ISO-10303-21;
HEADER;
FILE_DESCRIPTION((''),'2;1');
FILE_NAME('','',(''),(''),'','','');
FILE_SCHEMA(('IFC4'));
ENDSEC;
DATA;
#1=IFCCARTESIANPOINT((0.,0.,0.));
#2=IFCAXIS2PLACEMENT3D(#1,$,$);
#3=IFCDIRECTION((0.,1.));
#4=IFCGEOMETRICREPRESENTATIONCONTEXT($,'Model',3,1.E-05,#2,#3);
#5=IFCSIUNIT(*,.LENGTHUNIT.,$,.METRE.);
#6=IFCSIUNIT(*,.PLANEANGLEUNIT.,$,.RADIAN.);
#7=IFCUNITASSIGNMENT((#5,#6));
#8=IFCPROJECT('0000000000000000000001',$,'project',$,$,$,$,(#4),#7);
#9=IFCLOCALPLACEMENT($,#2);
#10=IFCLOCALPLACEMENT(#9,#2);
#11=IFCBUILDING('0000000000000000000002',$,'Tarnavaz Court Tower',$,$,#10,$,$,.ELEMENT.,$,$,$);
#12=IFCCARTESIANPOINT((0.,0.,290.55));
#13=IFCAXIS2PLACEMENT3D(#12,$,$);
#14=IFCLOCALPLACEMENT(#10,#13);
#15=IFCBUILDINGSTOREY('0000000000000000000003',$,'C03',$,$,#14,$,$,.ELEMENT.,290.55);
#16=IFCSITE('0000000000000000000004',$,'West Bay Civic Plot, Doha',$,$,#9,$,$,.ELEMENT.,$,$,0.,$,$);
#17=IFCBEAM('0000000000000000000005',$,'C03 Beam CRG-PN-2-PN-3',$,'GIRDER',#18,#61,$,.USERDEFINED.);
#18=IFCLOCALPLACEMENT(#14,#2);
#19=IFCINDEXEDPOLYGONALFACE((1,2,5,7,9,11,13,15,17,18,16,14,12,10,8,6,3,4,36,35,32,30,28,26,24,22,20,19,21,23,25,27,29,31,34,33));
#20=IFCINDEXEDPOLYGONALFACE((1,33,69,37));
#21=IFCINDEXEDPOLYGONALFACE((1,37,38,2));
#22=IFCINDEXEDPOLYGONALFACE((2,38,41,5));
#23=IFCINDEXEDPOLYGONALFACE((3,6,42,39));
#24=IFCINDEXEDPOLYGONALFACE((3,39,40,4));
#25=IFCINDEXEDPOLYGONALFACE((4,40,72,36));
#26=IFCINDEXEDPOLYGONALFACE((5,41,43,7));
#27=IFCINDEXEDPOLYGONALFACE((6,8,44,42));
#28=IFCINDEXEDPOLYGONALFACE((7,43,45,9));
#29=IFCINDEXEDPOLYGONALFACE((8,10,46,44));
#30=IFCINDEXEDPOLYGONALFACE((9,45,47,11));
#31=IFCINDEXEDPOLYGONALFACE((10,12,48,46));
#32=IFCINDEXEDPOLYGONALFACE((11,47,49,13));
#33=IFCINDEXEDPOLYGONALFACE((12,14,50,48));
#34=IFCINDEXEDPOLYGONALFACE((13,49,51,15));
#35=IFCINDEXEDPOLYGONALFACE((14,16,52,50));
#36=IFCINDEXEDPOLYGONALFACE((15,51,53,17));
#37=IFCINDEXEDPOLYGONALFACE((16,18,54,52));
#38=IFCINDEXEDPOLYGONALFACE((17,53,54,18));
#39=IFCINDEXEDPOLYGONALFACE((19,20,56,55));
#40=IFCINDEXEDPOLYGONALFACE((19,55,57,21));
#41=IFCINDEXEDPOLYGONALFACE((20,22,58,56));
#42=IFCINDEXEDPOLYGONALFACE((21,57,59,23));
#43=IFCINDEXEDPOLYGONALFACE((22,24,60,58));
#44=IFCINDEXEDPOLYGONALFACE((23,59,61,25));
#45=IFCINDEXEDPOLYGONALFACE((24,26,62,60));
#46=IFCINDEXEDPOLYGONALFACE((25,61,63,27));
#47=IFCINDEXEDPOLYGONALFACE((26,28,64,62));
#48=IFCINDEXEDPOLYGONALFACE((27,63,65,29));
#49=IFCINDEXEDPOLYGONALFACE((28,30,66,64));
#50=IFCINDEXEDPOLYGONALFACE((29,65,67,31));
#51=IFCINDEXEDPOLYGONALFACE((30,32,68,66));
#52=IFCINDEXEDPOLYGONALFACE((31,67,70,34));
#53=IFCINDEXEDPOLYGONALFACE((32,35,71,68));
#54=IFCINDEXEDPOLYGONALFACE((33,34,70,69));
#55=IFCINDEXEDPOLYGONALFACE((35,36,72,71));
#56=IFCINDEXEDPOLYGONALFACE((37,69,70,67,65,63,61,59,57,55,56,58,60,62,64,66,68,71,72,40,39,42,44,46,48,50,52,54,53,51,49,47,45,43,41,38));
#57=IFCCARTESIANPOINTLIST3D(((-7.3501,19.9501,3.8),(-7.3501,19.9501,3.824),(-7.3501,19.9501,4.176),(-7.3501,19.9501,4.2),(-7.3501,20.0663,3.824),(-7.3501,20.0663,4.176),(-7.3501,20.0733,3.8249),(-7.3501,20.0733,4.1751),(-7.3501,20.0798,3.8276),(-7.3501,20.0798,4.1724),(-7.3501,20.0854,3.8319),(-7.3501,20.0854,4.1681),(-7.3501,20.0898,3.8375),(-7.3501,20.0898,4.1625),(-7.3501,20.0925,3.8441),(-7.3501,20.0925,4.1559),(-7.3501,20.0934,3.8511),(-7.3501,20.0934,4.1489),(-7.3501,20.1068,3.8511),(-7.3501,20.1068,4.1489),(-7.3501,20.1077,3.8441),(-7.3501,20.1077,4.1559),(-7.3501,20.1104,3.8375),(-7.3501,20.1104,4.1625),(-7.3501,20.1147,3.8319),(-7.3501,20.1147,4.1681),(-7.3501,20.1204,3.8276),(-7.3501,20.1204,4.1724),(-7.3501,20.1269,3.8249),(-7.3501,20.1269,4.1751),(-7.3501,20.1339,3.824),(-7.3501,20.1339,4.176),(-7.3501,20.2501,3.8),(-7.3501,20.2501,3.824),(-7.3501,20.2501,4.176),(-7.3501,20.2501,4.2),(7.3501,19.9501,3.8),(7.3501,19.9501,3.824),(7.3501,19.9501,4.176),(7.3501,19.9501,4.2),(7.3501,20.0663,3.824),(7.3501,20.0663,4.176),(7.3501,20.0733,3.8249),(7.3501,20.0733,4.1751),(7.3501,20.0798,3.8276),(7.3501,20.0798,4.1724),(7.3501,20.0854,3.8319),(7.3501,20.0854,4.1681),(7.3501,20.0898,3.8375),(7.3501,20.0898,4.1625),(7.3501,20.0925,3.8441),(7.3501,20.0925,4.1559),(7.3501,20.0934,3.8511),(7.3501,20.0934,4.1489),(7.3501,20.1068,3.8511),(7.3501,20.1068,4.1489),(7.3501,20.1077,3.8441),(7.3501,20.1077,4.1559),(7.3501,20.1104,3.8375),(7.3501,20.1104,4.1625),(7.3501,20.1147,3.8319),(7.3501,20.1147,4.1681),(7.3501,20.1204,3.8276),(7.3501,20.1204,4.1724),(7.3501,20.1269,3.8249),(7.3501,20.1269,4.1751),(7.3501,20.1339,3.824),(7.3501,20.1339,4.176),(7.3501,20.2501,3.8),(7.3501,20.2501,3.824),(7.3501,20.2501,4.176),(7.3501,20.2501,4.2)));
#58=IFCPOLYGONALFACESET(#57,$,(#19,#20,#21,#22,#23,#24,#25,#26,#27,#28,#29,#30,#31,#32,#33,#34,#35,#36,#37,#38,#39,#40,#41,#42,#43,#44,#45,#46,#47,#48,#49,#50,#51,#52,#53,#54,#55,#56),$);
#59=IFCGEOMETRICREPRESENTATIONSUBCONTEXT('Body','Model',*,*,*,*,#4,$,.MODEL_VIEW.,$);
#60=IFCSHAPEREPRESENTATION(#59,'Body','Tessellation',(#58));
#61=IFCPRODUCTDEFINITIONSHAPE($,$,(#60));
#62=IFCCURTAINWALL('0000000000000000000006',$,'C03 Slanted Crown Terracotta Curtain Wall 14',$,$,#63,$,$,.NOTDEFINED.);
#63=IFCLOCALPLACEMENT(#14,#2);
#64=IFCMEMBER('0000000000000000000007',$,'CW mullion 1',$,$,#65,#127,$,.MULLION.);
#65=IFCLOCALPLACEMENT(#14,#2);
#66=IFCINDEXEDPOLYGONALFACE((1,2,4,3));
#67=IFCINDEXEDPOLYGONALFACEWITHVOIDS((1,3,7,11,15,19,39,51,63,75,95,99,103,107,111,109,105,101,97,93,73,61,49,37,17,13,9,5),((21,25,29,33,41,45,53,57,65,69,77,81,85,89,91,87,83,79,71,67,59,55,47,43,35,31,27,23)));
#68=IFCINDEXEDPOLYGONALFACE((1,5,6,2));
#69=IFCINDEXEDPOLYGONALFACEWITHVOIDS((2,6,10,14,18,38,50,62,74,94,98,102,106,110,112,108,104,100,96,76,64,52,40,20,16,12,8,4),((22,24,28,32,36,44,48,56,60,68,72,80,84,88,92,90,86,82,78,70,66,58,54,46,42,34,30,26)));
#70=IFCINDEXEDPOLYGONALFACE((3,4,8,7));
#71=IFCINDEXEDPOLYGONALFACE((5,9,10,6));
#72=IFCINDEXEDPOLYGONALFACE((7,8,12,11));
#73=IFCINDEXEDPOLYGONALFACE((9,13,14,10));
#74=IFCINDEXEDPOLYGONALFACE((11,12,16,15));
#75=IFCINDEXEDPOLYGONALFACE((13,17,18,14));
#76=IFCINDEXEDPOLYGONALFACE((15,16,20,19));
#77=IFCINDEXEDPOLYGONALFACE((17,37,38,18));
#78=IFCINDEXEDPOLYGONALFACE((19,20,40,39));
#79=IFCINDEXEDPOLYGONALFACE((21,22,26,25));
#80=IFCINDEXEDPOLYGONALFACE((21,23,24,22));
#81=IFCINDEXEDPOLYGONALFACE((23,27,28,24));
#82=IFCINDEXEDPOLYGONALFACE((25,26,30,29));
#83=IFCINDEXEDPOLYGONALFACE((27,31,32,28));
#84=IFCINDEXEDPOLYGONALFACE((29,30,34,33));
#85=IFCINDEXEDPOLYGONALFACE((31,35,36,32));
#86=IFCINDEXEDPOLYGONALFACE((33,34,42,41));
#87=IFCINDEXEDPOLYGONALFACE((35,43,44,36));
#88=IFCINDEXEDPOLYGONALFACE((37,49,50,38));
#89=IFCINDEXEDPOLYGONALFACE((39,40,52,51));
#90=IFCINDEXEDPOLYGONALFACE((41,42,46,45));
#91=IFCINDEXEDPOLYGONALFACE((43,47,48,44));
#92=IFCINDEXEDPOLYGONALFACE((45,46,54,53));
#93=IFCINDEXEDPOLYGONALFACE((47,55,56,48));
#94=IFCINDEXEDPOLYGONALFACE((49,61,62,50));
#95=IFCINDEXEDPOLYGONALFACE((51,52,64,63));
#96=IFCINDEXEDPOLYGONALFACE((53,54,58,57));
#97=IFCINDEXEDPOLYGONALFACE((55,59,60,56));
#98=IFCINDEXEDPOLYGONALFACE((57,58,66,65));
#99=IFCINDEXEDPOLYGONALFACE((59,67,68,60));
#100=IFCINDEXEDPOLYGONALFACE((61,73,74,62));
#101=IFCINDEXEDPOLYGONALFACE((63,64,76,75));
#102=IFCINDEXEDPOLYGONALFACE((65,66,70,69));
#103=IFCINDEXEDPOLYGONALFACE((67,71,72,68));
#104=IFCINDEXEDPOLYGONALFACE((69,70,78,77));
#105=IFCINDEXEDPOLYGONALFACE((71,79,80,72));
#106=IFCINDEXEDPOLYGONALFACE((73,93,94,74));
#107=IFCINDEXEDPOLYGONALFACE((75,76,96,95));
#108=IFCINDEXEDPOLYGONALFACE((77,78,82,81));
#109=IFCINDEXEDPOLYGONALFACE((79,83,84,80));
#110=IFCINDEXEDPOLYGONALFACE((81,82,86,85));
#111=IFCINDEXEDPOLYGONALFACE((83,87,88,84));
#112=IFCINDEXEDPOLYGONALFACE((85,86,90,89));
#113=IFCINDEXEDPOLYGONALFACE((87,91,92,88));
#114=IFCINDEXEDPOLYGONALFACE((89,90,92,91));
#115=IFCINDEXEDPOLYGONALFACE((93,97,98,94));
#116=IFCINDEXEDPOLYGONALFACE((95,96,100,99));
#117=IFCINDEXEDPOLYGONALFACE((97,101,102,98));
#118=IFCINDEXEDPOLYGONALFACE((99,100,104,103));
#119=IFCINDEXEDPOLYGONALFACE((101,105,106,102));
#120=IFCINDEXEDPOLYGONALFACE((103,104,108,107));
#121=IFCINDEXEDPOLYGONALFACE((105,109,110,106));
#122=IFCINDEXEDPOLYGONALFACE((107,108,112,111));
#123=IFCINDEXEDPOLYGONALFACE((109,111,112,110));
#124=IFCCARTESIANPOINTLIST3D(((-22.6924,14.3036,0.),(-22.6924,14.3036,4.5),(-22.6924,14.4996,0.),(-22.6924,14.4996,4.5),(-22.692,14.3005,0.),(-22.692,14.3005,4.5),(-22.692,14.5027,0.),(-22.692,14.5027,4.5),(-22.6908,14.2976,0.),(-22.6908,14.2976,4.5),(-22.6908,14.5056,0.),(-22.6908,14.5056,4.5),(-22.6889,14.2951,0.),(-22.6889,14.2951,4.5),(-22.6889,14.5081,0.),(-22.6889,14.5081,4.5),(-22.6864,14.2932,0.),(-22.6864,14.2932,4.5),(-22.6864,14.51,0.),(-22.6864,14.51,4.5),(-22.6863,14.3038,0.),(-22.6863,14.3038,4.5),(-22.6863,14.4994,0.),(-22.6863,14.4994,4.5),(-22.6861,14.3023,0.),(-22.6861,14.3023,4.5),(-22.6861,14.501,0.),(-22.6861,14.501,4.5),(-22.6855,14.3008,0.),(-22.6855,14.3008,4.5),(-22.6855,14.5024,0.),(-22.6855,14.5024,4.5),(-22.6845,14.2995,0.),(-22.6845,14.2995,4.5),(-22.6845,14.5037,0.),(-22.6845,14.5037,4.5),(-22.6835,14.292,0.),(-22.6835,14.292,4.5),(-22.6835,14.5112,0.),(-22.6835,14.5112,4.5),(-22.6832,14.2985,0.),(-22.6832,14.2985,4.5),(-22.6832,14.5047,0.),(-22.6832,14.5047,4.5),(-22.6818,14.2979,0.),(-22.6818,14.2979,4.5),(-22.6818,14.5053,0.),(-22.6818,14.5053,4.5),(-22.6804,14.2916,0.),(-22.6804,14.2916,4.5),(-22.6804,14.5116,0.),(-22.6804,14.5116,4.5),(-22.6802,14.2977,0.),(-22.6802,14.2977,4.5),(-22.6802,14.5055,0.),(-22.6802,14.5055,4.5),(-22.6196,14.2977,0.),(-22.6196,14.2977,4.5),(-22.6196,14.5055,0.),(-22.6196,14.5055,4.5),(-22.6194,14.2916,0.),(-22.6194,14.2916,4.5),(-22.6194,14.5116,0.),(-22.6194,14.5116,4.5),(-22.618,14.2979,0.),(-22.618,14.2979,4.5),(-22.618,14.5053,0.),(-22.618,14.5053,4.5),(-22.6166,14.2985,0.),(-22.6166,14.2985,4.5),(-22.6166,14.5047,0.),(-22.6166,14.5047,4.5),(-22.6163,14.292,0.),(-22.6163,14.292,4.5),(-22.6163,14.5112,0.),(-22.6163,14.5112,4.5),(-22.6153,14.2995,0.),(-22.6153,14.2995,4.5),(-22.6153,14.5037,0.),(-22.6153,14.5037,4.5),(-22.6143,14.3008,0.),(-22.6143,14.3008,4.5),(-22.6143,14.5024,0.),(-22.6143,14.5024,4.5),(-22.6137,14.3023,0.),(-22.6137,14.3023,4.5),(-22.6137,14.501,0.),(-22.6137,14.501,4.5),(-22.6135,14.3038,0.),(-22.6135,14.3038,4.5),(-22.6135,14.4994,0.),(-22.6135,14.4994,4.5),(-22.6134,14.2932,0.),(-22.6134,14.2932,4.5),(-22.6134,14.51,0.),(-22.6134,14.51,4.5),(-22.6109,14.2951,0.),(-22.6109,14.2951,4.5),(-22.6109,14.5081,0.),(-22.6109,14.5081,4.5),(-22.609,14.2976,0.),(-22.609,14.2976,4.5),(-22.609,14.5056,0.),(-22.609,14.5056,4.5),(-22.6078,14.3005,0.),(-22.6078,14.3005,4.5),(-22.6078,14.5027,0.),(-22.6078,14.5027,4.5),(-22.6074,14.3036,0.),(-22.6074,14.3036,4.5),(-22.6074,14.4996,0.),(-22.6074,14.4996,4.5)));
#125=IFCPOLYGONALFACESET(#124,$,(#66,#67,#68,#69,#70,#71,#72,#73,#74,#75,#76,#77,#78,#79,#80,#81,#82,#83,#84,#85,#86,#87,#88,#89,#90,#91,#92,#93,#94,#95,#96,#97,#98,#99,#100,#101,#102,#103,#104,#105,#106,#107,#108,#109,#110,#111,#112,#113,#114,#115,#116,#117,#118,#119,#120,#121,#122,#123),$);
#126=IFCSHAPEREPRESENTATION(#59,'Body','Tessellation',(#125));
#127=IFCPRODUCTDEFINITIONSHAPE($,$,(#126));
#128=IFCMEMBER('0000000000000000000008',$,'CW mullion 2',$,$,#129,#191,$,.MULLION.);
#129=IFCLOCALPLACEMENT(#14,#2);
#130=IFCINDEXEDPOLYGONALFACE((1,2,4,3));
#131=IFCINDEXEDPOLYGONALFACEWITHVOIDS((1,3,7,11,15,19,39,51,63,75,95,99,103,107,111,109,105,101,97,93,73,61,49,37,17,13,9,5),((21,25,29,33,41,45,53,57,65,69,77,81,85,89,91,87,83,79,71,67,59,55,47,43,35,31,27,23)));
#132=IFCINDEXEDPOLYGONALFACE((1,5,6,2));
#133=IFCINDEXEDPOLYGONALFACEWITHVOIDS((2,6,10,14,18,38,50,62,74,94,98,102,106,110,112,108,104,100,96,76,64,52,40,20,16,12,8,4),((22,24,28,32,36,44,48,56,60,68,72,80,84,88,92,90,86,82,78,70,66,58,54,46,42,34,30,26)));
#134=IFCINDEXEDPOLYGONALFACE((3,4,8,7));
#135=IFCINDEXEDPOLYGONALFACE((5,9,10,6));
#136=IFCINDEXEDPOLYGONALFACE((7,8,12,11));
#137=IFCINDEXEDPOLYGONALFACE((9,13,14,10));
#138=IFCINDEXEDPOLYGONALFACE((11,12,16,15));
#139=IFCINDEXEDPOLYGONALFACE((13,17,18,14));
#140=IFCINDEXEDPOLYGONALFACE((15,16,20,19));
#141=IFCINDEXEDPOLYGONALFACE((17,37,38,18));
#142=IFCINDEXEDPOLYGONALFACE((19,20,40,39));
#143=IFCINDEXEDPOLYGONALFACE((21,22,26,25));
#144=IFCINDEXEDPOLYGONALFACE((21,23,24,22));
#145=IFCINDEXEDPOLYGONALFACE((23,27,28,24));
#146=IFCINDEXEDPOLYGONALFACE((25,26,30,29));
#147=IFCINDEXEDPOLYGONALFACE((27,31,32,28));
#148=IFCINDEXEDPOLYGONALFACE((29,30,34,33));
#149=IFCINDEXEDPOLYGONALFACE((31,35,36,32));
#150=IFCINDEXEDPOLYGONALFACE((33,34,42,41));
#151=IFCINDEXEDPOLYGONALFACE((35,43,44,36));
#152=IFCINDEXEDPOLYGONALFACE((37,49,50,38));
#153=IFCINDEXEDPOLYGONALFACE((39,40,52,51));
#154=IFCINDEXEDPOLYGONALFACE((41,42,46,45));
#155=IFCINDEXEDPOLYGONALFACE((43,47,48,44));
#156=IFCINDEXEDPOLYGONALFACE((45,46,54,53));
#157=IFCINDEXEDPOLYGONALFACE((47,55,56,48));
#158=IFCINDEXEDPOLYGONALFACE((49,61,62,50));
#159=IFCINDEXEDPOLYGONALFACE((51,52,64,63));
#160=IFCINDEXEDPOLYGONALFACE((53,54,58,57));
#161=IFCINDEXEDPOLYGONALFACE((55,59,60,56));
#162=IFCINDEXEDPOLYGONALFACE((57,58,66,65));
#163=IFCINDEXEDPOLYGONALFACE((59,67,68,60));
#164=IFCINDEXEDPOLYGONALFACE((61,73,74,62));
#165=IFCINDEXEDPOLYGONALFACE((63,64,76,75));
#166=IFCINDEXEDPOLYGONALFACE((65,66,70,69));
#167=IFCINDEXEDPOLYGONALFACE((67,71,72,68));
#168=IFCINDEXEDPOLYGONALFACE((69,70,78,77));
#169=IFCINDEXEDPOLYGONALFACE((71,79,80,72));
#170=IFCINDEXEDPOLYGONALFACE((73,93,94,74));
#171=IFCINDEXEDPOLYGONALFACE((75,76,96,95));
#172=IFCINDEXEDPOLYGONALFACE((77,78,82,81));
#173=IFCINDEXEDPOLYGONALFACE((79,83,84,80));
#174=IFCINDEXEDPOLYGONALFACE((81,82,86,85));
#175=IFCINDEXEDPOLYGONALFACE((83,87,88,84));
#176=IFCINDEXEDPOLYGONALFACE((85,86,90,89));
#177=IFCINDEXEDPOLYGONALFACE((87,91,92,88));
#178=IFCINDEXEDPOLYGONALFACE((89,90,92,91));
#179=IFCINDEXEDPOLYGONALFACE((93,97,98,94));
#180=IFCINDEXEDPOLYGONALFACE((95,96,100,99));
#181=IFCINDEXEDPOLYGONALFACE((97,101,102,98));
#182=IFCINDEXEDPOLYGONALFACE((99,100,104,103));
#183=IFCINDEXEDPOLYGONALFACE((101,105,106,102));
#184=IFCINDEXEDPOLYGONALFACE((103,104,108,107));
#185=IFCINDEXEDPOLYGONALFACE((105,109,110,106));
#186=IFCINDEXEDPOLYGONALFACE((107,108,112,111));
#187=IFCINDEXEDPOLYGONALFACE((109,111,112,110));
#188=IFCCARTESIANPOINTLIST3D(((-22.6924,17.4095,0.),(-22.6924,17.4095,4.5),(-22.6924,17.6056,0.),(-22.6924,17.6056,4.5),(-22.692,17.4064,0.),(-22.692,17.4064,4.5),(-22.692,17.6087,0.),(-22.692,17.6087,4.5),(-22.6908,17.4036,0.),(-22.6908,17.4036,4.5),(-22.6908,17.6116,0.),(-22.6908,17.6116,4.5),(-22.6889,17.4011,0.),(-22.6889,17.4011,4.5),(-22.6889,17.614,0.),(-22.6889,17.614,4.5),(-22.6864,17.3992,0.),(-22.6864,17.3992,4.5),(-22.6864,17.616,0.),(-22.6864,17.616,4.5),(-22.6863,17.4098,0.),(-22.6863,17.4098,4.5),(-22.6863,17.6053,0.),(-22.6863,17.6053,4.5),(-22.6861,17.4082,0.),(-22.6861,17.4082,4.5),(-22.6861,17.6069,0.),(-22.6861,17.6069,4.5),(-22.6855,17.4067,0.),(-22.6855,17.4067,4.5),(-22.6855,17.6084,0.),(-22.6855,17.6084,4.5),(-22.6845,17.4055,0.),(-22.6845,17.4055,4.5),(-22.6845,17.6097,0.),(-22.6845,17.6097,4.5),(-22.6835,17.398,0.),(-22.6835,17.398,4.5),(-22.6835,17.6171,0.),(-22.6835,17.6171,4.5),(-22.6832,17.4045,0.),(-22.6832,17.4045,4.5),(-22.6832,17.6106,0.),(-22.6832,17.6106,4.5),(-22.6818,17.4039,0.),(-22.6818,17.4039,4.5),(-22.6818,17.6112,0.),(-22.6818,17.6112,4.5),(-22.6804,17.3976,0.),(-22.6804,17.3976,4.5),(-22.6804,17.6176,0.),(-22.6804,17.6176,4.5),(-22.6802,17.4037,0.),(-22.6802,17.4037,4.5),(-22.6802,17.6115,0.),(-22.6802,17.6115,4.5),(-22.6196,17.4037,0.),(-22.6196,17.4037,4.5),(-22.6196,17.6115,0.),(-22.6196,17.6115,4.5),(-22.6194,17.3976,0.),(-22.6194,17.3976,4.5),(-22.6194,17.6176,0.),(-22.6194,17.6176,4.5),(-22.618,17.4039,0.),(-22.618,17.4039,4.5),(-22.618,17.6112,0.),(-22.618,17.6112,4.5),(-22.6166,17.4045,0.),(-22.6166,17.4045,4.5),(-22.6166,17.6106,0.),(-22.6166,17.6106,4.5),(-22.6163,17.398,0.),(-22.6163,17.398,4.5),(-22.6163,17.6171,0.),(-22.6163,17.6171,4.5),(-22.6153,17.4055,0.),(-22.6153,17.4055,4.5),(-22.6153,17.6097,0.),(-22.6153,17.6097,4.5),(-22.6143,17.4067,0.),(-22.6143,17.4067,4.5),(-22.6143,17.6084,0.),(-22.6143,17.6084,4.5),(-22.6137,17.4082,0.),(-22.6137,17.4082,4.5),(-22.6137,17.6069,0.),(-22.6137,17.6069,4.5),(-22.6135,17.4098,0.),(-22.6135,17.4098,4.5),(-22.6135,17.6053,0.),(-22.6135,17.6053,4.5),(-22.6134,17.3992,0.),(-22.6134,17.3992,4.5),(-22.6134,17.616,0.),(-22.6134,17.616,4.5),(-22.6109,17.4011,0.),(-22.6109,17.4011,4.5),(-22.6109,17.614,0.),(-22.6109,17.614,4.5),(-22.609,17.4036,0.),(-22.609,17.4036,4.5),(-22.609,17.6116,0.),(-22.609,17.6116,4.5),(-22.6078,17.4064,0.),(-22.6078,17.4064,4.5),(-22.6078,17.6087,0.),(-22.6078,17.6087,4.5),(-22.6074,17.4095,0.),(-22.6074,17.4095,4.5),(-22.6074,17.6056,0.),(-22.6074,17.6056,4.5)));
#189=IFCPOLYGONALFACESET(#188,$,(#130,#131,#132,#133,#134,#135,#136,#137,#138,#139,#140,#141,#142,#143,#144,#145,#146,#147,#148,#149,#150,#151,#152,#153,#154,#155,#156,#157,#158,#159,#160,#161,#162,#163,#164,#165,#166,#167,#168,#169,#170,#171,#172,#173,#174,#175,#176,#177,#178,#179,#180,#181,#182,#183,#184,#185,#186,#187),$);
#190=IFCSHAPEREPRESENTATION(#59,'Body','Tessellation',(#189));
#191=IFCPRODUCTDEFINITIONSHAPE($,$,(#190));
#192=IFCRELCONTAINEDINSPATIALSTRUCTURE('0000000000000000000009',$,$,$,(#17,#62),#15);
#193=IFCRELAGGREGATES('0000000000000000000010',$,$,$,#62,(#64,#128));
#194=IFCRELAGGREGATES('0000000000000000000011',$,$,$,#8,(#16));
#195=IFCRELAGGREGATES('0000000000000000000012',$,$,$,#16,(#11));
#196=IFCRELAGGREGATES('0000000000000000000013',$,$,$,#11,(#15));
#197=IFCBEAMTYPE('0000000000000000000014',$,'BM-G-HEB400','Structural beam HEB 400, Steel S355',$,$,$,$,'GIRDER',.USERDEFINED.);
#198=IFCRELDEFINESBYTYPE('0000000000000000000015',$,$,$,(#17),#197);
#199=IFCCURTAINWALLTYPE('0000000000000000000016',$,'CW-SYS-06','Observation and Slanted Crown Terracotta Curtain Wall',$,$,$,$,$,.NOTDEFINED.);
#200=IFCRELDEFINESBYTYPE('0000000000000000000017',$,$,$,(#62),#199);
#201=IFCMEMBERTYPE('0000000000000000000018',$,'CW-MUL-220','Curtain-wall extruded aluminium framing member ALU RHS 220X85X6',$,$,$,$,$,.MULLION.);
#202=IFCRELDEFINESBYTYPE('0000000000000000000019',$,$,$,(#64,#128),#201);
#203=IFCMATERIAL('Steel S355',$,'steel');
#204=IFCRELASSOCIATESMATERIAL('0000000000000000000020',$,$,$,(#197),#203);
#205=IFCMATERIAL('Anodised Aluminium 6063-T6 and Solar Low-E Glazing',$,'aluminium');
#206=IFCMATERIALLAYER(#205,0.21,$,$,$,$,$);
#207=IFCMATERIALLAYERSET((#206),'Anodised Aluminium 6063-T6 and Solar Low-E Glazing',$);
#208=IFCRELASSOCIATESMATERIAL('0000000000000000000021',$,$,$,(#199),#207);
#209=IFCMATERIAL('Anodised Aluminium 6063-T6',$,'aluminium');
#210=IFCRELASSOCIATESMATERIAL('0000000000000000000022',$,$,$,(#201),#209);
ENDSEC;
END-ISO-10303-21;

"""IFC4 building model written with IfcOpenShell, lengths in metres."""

from ifc_helpers import new_model, si_unit, direction, frame, origin, origin_2d, place, context, subcontext, project, spatial, hollow_rectangle, i_section, extrude, material, layer, layer_set, material_profile, profile_set, type_object, element, aggregate, save


model = new_model("IFC4")

# Units and contexts
model_context = context("Model", 3, precision=1e-05, world=origin(), true_north=direction((0.0, 1.0)))
body_context = subcontext(model_context, "Body", "Model", "MODEL_VIEW")
ifc_project = project(units=[si_unit("LENGTHUNIT", "METRE"), si_unit("PLANEANGLEUNIT", "RADIAN")], contexts=[model_context])

# Site, building, storey
site_placement = place(None, origin())
site = spatial("IfcSite", under=ifc_project, at=site_placement, Name="West Bay Civic Plot, Doha", CompositionType="ELEMENT", RefElevation=0.0)
building_placement = place(site_placement, origin())
building = spatial("IfcBuilding", under=site, at=building_placement, Name="Tarnavaz Court Tower", CompositionType="ELEMENT")
storey_placement = place(building_placement, frame((0.0, 0.0, 290.55)))
storey = spatial("IfcBuildingStorey", under=building, at=storey_placement, Name="C03", CompositionType="ELEMENT", Elevation=290.55)

# Shared definitions
ifc_material_1 = material(Name="Steel S355", Category="steel")

# Beam
ifc_material_profile_1 = material_profile(ifc_material_1, i_section(OverallWidth=0.3, OverallDepth=0.3999, WebThickness=0.0134, FlangeThickness=0.0239, FilletRadius=0.0271, at=origin_2d()), Name="HEB 400")
ifc_profile_set_1 = profile_set([ifc_material_profile_1], Name="Steel S355")
beam_type = type_object("IfcBeamType", Name="BM-G-HEB400", Description="Structural beam HEB 400, Steel S355", ElementType="GIRDER", PredefinedType="USERDEFINED", material=ifc_profile_set_1)
beam_1_placement = place(storey_placement, frame((-7.3501, 20.1001, 4.0), z_axis=(1.0, 0.0, 0.0), x_axis=(0.0, 1.0, 0.0)))
element("IfcBeam", 1, at=beam_1_placement, inside=storey, type_object=beam_type, Name="C03 Beam CRG-PN-2-PN-3", ObjectType="GIRDER", PredefinedType="USERDEFINED", context=body_context, shape_type="SweptSolid", body=[
    extrude(i_section(OverallWidth=0.3, OverallDepth=0.3999, WebThickness=0.0134, FlangeThickness=0.0239, FilletRadius=0.0271, at=origin_2d()), origin(), (0.0, 0.0, 1.0), 14.7002),
])

# Curtain wall, members
ifc_material_2 = material(Name="Anodised Aluminium 6063-T6 and Solar Low-E Glazing", Category="aluminium")
ifc_layer_1 = layer(ifc_material_2, 0.21)
ifc_layer_set_1 = layer_set([ifc_layer_1], Name="Anodised Aluminium 6063-T6 and Solar Low-E Glazing")
curtain_wall_type = type_object("IfcCurtainWallType", Name="CW-SYS-06", Description="Observation and Slanted Crown Terracotta Curtain Wall", PredefinedType="NOTDEFINED", material=ifc_layer_set_1)
curtain_wall_1_placement = place(storey_placement, origin())
curtain_wall_1 = element("IfcCurtainWall", 2, at=curtain_wall_1_placement, inside=storey, type_object=curtain_wall_type, Name="C03 Slanted Crown Terracotta Curtain Wall 14", PredefinedType="NOTDEFINED")
ifc_material_3 = material(Name="Anodised Aluminium 6063-T6", Category="aluminium")
ifc_material_profile_2 = material_profile(ifc_material_3, hollow_rectangle(XDim=0.085, YDim=0.22, WallThickness=0.0061, InnerFilletRadius=0.0061, OuterFilletRadius=0.012, at=origin_2d()), Name="ALU RHS 220X85X6")
ifc_profile_set_2 = profile_set([ifc_material_profile_2], Name="Anodised Aluminium 6063-T6")
member_type_1 = type_object("IfcMemberType", Name="CW-MUL-220", Description="Curtain-wall extruded aluminium framing member ALU RHS 220X85X6", PredefinedType="MULLION", material=ifc_profile_set_2)
member_1_placement = place(storey_placement, frame((-22.6499, 14.4016, 0.0), z_axis=(0.0, 0.0, 1.0), x_axis=(-1.0, 0.0, 0.0)))
member_1 = element("IfcMember", 3, at=member_1_placement, type_object=member_type_1, Name="CW mullion 1", PredefinedType="MULLION", context=body_context, shape_type="SweptSolid", body=[
    extrude(hollow_rectangle(XDim=0.085, YDim=0.22, WallThickness=0.0061, InnerFilletRadius=0.0061, OuterFilletRadius=0.012, at=origin_2d()), origin(), (0.0, 0.0, 1.0), 4.5),
])
member_2_placement = place(storey_placement, frame((-22.6499, 17.5076, 0.0), z_axis=(0.0, 0.0, 1.0), x_axis=(-1.0, 0.0, 0.0)))
member_2 = element("IfcMember", 4, at=member_2_placement, type_object=member_type_1, Name="CW mullion 2", PredefinedType="MULLION", context=body_context, shape_type="SweptSolid", body=[
    extrude(hollow_rectangle(XDim=0.085, YDim=0.22, WallThickness=0.0061, InnerFilletRadius=0.0061, OuterFilletRadius=0.012, at=origin_2d()), origin(), (0.0, 0.0, 1.0), 4.5),
])

aggregate(curtain_wall_1, [member_1, member_2])

save(model, "model.ifc")
